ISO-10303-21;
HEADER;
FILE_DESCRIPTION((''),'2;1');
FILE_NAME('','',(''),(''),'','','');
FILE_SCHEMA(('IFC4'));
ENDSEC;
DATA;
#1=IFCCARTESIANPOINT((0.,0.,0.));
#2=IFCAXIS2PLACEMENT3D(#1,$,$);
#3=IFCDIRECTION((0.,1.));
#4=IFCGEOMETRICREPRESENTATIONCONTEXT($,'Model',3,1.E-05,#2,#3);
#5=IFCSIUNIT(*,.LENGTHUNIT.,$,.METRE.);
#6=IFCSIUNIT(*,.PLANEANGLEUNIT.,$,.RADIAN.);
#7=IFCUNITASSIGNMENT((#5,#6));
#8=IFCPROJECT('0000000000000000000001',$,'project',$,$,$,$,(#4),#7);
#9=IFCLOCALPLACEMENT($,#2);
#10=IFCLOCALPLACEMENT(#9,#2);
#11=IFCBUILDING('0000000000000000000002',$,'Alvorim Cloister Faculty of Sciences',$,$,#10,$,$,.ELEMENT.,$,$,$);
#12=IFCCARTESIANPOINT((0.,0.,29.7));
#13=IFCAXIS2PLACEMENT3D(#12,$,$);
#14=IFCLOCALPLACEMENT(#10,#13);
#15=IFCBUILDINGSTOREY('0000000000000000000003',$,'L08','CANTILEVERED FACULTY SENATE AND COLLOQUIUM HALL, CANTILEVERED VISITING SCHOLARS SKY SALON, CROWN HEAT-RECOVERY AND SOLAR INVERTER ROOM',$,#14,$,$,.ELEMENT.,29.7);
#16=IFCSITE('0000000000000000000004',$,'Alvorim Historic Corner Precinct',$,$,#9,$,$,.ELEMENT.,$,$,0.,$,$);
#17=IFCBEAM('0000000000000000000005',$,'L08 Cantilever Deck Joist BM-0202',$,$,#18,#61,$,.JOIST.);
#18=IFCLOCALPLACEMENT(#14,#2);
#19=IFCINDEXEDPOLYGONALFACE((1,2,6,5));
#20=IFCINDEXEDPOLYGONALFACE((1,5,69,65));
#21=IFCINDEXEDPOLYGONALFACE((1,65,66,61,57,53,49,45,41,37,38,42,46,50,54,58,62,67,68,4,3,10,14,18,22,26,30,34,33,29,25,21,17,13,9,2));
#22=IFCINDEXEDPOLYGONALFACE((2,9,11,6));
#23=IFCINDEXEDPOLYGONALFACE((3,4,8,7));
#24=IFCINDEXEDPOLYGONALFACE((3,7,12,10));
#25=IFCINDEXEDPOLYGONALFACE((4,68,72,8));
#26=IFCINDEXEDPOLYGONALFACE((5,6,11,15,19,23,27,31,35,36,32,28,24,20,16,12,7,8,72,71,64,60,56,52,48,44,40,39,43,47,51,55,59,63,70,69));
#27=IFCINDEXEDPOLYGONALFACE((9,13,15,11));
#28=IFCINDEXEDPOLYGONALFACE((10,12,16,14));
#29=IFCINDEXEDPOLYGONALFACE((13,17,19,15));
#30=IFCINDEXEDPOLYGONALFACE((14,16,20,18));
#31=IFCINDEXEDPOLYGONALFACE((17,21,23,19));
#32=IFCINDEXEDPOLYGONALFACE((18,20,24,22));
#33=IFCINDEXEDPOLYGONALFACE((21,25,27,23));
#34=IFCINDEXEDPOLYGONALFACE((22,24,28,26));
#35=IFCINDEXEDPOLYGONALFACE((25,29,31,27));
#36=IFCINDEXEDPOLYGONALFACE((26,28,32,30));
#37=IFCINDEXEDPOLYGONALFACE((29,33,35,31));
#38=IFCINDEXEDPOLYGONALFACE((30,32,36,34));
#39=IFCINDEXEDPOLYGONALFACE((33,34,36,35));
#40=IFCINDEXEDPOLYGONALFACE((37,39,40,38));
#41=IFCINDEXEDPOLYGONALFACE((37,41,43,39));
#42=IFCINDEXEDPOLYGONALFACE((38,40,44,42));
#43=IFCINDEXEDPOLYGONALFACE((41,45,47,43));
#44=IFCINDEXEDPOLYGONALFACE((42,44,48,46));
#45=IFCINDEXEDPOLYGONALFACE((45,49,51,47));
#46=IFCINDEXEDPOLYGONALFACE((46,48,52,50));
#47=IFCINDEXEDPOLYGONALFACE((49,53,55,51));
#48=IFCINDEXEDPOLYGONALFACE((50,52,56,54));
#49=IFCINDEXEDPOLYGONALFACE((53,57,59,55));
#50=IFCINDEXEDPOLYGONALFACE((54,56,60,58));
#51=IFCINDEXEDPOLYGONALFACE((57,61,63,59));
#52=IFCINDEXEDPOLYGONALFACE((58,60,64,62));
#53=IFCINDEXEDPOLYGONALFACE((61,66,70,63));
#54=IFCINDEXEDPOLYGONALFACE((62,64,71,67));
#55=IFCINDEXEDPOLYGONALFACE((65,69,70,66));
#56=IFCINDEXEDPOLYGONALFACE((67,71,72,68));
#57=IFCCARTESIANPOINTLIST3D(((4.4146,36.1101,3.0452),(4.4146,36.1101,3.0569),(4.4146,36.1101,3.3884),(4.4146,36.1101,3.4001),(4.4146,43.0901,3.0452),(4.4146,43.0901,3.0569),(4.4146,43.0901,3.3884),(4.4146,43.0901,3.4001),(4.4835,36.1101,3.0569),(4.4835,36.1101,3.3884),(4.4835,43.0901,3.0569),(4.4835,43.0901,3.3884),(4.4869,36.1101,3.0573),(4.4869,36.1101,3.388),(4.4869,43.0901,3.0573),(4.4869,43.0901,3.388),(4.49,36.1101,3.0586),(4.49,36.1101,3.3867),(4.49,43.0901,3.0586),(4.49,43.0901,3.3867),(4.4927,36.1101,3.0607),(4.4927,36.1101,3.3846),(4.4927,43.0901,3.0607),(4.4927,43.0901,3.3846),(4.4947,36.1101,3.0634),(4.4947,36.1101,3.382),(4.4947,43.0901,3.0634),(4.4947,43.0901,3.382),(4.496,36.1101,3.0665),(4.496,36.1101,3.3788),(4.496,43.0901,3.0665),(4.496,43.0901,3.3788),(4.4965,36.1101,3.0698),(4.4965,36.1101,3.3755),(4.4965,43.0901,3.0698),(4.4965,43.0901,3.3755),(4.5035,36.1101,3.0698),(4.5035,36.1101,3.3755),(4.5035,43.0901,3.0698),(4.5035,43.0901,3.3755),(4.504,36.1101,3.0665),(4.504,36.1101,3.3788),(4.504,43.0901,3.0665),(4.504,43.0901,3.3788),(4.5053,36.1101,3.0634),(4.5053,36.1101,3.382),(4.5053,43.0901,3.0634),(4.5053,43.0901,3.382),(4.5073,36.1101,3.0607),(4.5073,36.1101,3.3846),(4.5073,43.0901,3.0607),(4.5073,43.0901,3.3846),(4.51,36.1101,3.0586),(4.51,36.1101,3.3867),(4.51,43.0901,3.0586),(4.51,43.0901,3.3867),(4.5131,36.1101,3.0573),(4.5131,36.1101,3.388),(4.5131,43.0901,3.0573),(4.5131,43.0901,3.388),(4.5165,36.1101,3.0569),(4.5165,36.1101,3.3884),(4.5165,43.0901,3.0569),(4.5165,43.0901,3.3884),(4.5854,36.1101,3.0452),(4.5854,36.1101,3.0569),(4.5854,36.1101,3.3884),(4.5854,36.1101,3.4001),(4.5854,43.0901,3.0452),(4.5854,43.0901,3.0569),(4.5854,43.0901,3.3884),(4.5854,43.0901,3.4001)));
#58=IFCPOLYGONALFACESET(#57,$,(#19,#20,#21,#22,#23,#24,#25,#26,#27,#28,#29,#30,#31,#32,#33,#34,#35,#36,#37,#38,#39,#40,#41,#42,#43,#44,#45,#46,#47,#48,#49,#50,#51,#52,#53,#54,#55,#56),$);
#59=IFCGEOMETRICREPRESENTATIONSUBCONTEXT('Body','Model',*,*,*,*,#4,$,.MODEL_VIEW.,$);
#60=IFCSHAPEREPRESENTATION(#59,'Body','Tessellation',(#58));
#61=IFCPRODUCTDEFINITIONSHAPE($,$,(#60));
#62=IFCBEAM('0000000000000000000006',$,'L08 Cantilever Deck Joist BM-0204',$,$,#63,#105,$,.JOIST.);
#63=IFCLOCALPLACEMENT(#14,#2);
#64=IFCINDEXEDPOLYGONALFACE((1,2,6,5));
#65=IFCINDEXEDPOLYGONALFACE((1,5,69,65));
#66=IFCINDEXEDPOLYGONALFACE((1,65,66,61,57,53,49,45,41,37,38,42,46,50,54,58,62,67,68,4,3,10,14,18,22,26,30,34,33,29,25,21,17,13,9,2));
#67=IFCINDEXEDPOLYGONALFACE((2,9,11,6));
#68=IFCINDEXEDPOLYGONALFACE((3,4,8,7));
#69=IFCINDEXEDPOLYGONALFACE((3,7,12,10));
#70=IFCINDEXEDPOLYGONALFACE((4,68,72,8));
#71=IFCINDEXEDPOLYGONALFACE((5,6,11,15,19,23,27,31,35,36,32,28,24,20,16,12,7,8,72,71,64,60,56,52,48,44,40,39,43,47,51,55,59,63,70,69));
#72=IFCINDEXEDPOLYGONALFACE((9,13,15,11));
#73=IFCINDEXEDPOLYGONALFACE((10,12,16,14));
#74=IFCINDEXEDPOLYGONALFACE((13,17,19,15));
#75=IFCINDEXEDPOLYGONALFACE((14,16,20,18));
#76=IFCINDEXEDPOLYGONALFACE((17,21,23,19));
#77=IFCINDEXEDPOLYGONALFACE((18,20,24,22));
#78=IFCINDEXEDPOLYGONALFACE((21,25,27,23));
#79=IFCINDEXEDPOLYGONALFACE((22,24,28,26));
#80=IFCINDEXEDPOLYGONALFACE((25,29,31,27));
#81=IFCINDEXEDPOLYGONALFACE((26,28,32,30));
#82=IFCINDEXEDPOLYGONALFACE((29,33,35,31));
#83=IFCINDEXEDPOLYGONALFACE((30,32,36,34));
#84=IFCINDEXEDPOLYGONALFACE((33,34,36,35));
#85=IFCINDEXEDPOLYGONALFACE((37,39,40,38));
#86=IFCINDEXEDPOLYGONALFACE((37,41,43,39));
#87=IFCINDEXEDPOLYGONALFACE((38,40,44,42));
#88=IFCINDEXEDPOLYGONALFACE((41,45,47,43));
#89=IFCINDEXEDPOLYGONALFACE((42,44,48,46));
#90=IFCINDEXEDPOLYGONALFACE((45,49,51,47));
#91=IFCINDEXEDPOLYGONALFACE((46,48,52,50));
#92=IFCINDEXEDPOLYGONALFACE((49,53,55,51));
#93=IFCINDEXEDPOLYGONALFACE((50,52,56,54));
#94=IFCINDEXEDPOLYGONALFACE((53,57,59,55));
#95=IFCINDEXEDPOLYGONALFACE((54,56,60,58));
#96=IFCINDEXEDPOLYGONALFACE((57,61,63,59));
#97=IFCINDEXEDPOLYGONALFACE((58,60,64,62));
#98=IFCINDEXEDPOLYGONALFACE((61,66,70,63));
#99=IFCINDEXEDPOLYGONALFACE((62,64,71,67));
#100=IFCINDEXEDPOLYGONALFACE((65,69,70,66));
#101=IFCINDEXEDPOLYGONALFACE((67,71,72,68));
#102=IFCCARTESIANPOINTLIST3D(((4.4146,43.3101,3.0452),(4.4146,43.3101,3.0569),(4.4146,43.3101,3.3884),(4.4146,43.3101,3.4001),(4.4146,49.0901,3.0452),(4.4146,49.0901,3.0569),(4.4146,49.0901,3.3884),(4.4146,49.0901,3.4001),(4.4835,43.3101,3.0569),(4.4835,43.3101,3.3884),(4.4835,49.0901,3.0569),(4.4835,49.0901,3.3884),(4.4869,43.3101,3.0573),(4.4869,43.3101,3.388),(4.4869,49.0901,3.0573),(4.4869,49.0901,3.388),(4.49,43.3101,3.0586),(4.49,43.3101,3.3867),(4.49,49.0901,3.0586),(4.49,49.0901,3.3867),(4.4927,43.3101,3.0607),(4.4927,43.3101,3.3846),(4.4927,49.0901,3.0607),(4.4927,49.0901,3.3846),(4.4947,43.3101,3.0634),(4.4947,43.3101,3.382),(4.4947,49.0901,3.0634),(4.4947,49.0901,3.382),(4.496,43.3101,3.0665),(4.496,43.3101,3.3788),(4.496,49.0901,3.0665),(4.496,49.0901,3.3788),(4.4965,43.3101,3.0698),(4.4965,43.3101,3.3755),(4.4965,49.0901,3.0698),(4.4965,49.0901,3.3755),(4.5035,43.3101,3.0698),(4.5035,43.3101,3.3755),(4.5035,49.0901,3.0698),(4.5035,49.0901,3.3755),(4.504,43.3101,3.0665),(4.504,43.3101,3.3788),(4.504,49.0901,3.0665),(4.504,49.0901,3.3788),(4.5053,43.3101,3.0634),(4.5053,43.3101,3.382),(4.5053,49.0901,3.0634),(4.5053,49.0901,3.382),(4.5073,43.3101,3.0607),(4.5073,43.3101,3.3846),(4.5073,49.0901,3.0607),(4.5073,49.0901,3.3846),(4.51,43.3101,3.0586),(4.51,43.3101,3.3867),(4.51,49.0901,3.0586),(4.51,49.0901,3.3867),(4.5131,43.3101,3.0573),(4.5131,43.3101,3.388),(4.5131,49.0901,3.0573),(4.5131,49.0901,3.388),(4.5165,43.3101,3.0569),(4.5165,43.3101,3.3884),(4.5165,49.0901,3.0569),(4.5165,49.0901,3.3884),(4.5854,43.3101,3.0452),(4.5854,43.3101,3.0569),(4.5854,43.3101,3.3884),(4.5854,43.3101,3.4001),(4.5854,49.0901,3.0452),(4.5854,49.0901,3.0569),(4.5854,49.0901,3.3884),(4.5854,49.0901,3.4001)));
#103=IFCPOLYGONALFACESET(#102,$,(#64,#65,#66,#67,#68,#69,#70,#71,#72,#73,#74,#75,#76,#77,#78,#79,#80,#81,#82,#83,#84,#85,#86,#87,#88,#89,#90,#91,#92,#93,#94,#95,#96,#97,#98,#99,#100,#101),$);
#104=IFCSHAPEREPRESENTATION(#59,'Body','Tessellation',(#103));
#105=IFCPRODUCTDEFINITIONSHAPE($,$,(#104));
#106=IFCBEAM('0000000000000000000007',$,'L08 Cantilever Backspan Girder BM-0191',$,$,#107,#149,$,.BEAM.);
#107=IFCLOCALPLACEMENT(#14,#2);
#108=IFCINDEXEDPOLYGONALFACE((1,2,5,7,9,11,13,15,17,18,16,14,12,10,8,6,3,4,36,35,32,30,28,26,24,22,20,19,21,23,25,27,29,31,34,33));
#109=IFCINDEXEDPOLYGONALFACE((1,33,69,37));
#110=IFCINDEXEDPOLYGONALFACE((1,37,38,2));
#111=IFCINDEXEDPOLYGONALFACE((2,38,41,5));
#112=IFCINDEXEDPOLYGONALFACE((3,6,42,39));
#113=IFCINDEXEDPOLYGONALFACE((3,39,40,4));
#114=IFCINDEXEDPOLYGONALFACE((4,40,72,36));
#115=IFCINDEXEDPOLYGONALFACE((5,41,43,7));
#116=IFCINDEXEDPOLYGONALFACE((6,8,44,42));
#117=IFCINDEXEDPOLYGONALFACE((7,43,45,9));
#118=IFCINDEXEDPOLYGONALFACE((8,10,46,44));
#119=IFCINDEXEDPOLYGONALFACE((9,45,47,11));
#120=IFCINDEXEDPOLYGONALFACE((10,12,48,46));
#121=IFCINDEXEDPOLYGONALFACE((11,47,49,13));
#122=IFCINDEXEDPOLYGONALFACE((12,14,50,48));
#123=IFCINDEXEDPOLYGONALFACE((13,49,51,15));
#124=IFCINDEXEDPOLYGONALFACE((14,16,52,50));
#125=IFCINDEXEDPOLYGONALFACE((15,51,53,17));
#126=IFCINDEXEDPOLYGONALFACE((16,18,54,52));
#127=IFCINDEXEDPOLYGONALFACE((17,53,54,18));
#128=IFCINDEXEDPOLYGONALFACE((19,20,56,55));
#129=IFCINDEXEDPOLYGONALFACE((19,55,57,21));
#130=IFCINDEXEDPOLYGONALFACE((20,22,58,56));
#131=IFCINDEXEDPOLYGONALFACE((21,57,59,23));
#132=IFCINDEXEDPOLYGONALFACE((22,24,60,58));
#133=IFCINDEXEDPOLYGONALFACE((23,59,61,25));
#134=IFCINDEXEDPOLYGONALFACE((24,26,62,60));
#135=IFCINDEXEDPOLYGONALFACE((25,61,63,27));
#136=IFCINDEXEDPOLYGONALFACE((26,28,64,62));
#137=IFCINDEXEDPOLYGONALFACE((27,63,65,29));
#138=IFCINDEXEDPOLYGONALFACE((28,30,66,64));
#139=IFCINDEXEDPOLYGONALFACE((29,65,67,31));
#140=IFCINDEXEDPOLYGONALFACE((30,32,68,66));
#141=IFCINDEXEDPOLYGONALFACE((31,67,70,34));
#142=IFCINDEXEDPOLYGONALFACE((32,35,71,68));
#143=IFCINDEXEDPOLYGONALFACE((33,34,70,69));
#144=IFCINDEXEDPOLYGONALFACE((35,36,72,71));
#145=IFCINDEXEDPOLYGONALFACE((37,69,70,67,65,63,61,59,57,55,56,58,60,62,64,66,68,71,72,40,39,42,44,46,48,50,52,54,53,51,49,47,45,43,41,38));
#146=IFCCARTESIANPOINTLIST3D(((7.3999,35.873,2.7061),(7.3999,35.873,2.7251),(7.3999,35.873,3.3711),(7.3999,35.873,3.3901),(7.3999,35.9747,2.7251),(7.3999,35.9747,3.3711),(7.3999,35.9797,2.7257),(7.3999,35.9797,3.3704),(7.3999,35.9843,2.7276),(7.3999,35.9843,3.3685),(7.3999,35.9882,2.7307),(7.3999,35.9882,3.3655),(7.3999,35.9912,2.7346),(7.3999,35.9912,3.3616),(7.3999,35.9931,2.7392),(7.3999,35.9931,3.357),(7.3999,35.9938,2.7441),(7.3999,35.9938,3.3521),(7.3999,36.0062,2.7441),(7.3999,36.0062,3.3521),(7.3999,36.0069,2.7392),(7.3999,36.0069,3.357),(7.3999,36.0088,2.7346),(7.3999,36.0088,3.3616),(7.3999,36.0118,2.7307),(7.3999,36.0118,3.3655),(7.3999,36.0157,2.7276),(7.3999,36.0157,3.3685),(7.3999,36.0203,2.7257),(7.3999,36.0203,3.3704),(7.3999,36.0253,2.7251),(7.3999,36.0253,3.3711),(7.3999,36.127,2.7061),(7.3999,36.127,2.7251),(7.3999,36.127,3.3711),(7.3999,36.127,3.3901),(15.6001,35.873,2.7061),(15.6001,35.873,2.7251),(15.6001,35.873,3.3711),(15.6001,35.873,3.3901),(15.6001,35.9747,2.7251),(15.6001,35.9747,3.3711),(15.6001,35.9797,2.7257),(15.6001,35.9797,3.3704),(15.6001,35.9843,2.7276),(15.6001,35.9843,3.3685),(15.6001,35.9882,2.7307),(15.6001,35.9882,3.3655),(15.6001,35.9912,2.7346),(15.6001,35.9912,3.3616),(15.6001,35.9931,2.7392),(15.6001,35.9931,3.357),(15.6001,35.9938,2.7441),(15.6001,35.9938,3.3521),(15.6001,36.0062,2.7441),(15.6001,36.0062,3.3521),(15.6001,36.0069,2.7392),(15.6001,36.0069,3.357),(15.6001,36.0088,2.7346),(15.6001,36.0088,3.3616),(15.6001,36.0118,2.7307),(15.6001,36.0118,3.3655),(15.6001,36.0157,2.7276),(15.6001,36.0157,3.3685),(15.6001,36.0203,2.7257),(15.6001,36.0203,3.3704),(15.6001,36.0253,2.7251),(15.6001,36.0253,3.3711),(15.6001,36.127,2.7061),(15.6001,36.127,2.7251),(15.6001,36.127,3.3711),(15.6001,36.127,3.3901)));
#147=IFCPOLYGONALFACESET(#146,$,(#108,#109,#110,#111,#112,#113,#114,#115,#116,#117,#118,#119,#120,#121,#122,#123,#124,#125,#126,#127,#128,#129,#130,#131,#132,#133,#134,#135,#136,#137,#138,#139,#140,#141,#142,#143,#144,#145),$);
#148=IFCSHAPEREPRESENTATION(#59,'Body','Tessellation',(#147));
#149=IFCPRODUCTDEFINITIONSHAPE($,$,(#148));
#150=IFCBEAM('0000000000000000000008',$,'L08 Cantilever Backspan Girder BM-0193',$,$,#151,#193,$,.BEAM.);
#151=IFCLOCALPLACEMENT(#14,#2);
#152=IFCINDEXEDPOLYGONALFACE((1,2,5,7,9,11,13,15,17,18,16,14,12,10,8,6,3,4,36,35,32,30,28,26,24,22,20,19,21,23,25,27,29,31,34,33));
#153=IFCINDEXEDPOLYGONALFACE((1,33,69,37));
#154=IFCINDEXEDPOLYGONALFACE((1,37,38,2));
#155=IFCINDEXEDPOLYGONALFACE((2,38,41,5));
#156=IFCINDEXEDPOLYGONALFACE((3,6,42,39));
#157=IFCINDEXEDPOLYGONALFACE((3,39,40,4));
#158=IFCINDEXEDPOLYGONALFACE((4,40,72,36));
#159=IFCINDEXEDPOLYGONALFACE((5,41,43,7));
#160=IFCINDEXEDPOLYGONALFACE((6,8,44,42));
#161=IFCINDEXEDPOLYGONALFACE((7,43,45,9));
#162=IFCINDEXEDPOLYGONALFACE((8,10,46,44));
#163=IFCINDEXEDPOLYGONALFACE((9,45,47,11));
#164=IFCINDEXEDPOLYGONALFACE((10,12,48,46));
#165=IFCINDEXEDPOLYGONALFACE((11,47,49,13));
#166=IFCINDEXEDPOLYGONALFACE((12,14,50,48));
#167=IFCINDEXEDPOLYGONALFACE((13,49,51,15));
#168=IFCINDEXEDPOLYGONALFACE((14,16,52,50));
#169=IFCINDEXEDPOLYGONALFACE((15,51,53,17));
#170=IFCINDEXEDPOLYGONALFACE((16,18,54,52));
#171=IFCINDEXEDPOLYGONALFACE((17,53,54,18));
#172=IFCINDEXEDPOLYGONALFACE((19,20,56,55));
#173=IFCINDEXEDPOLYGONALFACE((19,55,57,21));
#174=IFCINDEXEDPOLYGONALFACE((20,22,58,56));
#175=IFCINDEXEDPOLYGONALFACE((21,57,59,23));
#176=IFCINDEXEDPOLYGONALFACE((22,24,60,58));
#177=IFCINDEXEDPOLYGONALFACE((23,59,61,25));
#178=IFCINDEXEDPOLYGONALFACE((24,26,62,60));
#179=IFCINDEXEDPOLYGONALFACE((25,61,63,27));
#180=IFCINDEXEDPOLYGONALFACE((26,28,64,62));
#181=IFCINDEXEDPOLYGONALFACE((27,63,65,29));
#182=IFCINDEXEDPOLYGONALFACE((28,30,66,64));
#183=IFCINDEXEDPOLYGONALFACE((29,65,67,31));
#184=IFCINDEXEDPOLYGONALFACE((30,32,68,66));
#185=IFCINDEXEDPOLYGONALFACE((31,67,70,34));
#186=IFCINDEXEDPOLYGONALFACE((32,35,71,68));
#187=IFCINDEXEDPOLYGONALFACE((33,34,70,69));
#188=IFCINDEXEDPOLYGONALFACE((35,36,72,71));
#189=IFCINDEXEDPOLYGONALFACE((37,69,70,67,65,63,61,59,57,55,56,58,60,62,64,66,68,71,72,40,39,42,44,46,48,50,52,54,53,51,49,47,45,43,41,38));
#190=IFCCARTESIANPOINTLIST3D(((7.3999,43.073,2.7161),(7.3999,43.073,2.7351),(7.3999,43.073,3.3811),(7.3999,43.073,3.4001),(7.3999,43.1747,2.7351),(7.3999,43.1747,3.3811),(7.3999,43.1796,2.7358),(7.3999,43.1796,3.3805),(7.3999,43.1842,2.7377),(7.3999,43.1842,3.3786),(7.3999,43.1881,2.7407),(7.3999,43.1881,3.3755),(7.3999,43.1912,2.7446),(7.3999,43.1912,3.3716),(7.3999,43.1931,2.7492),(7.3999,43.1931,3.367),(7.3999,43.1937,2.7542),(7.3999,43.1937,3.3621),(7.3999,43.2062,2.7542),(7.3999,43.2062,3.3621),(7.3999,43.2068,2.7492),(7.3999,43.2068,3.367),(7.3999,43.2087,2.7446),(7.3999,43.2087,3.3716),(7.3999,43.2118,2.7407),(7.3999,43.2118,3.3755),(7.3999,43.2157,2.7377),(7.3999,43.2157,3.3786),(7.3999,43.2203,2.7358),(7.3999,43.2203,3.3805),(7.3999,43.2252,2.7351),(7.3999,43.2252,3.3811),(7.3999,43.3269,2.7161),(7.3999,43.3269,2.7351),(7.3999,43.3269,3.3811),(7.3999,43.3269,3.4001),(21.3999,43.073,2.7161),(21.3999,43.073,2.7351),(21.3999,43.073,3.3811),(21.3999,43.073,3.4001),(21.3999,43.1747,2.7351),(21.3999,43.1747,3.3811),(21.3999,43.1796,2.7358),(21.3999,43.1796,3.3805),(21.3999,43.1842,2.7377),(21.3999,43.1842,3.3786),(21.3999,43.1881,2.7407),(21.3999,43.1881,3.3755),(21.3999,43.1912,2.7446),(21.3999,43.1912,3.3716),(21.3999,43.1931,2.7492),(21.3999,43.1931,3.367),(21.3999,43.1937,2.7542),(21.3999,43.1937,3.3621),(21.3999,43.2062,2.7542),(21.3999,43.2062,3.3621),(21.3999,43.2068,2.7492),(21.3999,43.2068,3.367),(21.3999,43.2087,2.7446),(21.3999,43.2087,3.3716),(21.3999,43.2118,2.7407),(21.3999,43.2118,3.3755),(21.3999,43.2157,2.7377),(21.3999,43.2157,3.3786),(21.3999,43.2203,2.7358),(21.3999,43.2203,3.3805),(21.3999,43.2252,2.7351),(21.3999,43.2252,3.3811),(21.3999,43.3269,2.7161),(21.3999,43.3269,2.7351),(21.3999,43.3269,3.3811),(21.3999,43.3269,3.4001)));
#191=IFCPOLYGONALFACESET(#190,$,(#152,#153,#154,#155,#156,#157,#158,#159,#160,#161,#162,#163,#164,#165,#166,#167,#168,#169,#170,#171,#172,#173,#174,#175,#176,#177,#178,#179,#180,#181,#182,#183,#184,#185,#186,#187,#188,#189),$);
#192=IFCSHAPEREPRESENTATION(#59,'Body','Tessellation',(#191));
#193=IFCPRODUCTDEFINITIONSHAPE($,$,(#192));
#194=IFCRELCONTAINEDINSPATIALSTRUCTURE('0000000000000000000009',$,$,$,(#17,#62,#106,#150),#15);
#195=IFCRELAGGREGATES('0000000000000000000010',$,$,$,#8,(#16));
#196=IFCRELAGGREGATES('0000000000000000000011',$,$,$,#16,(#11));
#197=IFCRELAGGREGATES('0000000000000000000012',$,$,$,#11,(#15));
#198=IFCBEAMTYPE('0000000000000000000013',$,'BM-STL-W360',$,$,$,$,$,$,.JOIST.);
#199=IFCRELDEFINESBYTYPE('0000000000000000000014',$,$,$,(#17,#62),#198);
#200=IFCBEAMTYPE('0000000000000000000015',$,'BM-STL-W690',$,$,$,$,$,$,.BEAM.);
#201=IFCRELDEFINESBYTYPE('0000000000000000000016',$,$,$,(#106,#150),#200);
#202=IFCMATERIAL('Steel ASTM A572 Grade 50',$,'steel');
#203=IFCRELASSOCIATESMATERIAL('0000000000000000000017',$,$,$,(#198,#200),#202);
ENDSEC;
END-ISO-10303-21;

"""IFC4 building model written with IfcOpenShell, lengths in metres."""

from ifc_helpers import new_model, si_unit, direction, frame, origin, origin_2d, place, context, subcontext, project, spatial, i_section, extrude, material, material_profile, profile_set, type_object, element, save


model = new_model("IFC4")

# Units and contexts
model_context = context("Model", 3, precision=1e-05, world=origin(), true_north=direction((0.0, 1.0)))
body_context = subcontext(model_context, "Body", "Model", "MODEL_VIEW")
ifc_project = project(units=[si_unit("LENGTHUNIT", "METRE"), si_unit("PLANEANGLEUNIT", "RADIAN")], contexts=[model_context])

# Site, building, storey
site_placement = place(None, origin())
site = spatial("IfcSite", under=ifc_project, at=site_placement, Name="Alvorim Historic Corner Precinct", CompositionType="ELEMENT", RefElevation=0.0)
building_placement = place(site_placement, origin())
building = spatial("IfcBuilding", under=site, at=building_placement, Name="Alvorim Cloister Faculty of Sciences", CompositionType="ELEMENT")
storey_placement = place(building_placement, frame((0.0, 0.0, 29.7)))
storey = spatial("IfcBuildingStorey", under=building, at=storey_placement, Name="L08", Description="CANTILEVERED FACULTY SENATE AND COLLOQUIUM HALL, CANTILEVERED VISITING SCHOLARS SKY SALON, CROWN HEAT-RECOVERY AND SOLAR INVERTER ROOM", CompositionType="ELEMENT", Elevation=29.7)

# Beams
ifc_material_1 = material(Name="Steel ASTM A572 Grade 50", Category="steel")
ifc_material_profile_1 = material_profile(ifc_material_1, i_section(OverallWidth=0.1709, OverallDepth=0.355, WebThickness=0.0071, FlangeThickness=0.0117, FilletRadius=0.0129, at=origin_2d()), Name="W360x51.0")
ifc_profile_set_1 = profile_set([ifc_material_profile_1], Name="Steel ASTM A572 Grade 50")
beam_type_1 = type_object("IfcBeamType", Name="BM-STL-W360", PredefinedType="JOIST", material=ifc_profile_set_1)
beam_1_placement = place(storey_placement, frame((4.5, 36.1101, 3.2227), z_axis=(0.0, 1.0, 0.0), x_axis=(-1.0, 0.0, 0.0)))
element("IfcBeam", 1, at=beam_1_placement, inside=storey, type_object=beam_type_1, Name="L08 Cantilever Deck Joist BM-0202", PredefinedType="JOIST", context=body_context, shape_type="SweptSolid", body=[
    extrude(i_section(OverallWidth=0.1709, OverallDepth=0.355, WebThickness=0.0071, FlangeThickness=0.0117, FilletRadius=0.0129, at=origin_2d()), origin(), (0.0, 0.0, 1.0), 6.98),
])
beam_2_placement = place(storey_placement, frame((4.5, 43.3101, 3.2227), z_axis=(0.0, 1.0, 0.0), x_axis=(-1.0, 0.0, 0.0)))
element("IfcBeam", 2, at=beam_2_placement, inside=storey, type_object=beam_type_1, Name="L08 Cantilever Deck Joist BM-0204", PredefinedType="JOIST", context=body_context, shape_type="SweptSolid", body=[
    extrude(i_section(OverallWidth=0.1709, OverallDepth=0.355, WebThickness=0.0071, FlangeThickness=0.0117, FilletRadius=0.0129, at=origin_2d()), origin(), (0.0, 0.0, 1.0), 5.78),
])
ifc_material_profile_2 = material_profile(ifc_material_1, i_section(OverallWidth=0.2539, OverallDepth=0.6841, WebThickness=0.0125, FlangeThickness=0.019, FilletRadius=0.019, at=origin_2d()), Name="W690x140.0")
ifc_profile_set_2 = profile_set([ifc_material_profile_2], Name="Steel ASTM A572 Grade 50")
beam_type_2 = type_object("IfcBeamType", Name="BM-STL-W690", PredefinedType="BEAM", material=ifc_profile_set_2)
beam_3_placement = place(storey_placement, frame((7.3999, 36.0, 3.0481), z_axis=(1.0, 0.0, 0.0), x_axis=(0.0, 1.0, 0.0)))
element("IfcBeam", 3, at=beam_3_placement, inside=storey, type_object=beam_type_2, Name="L08 Cantilever Backspan Girder BM-0191", PredefinedType="BEAM", context=body_context, shape_type="SweptSolid", body=[
    extrude(i_section(OverallWidth=0.2539, OverallDepth=0.6841, WebThickness=0.0125, FlangeThickness=0.019, FilletRadius=0.019, at=origin_2d()), origin(), (0.0, 0.0, 1.0), 8.2002),
])
beam_4_placement = place(storey_placement, frame((7.3999, 43.2, 3.0581), z_axis=(1.0, 0.0, 0.0), x_axis=(0.0, 1.0, 0.0)))
element("IfcBeam", 4, at=beam_4_placement, inside=storey, type_object=beam_type_2, Name="L08 Cantilever Backspan Girder BM-0193", PredefinedType="BEAM", context=body_context, shape_type="SweptSolid", body=[
    extrude(i_section(OverallWidth=0.2539, OverallDepth=0.6841, WebThickness=0.0125, FlangeThickness=0.019, FilletRadius=0.019, at=origin_2d()), origin(), (0.0, 0.0, 1.0), 14.0),
])

save(model, "model.ifc")
